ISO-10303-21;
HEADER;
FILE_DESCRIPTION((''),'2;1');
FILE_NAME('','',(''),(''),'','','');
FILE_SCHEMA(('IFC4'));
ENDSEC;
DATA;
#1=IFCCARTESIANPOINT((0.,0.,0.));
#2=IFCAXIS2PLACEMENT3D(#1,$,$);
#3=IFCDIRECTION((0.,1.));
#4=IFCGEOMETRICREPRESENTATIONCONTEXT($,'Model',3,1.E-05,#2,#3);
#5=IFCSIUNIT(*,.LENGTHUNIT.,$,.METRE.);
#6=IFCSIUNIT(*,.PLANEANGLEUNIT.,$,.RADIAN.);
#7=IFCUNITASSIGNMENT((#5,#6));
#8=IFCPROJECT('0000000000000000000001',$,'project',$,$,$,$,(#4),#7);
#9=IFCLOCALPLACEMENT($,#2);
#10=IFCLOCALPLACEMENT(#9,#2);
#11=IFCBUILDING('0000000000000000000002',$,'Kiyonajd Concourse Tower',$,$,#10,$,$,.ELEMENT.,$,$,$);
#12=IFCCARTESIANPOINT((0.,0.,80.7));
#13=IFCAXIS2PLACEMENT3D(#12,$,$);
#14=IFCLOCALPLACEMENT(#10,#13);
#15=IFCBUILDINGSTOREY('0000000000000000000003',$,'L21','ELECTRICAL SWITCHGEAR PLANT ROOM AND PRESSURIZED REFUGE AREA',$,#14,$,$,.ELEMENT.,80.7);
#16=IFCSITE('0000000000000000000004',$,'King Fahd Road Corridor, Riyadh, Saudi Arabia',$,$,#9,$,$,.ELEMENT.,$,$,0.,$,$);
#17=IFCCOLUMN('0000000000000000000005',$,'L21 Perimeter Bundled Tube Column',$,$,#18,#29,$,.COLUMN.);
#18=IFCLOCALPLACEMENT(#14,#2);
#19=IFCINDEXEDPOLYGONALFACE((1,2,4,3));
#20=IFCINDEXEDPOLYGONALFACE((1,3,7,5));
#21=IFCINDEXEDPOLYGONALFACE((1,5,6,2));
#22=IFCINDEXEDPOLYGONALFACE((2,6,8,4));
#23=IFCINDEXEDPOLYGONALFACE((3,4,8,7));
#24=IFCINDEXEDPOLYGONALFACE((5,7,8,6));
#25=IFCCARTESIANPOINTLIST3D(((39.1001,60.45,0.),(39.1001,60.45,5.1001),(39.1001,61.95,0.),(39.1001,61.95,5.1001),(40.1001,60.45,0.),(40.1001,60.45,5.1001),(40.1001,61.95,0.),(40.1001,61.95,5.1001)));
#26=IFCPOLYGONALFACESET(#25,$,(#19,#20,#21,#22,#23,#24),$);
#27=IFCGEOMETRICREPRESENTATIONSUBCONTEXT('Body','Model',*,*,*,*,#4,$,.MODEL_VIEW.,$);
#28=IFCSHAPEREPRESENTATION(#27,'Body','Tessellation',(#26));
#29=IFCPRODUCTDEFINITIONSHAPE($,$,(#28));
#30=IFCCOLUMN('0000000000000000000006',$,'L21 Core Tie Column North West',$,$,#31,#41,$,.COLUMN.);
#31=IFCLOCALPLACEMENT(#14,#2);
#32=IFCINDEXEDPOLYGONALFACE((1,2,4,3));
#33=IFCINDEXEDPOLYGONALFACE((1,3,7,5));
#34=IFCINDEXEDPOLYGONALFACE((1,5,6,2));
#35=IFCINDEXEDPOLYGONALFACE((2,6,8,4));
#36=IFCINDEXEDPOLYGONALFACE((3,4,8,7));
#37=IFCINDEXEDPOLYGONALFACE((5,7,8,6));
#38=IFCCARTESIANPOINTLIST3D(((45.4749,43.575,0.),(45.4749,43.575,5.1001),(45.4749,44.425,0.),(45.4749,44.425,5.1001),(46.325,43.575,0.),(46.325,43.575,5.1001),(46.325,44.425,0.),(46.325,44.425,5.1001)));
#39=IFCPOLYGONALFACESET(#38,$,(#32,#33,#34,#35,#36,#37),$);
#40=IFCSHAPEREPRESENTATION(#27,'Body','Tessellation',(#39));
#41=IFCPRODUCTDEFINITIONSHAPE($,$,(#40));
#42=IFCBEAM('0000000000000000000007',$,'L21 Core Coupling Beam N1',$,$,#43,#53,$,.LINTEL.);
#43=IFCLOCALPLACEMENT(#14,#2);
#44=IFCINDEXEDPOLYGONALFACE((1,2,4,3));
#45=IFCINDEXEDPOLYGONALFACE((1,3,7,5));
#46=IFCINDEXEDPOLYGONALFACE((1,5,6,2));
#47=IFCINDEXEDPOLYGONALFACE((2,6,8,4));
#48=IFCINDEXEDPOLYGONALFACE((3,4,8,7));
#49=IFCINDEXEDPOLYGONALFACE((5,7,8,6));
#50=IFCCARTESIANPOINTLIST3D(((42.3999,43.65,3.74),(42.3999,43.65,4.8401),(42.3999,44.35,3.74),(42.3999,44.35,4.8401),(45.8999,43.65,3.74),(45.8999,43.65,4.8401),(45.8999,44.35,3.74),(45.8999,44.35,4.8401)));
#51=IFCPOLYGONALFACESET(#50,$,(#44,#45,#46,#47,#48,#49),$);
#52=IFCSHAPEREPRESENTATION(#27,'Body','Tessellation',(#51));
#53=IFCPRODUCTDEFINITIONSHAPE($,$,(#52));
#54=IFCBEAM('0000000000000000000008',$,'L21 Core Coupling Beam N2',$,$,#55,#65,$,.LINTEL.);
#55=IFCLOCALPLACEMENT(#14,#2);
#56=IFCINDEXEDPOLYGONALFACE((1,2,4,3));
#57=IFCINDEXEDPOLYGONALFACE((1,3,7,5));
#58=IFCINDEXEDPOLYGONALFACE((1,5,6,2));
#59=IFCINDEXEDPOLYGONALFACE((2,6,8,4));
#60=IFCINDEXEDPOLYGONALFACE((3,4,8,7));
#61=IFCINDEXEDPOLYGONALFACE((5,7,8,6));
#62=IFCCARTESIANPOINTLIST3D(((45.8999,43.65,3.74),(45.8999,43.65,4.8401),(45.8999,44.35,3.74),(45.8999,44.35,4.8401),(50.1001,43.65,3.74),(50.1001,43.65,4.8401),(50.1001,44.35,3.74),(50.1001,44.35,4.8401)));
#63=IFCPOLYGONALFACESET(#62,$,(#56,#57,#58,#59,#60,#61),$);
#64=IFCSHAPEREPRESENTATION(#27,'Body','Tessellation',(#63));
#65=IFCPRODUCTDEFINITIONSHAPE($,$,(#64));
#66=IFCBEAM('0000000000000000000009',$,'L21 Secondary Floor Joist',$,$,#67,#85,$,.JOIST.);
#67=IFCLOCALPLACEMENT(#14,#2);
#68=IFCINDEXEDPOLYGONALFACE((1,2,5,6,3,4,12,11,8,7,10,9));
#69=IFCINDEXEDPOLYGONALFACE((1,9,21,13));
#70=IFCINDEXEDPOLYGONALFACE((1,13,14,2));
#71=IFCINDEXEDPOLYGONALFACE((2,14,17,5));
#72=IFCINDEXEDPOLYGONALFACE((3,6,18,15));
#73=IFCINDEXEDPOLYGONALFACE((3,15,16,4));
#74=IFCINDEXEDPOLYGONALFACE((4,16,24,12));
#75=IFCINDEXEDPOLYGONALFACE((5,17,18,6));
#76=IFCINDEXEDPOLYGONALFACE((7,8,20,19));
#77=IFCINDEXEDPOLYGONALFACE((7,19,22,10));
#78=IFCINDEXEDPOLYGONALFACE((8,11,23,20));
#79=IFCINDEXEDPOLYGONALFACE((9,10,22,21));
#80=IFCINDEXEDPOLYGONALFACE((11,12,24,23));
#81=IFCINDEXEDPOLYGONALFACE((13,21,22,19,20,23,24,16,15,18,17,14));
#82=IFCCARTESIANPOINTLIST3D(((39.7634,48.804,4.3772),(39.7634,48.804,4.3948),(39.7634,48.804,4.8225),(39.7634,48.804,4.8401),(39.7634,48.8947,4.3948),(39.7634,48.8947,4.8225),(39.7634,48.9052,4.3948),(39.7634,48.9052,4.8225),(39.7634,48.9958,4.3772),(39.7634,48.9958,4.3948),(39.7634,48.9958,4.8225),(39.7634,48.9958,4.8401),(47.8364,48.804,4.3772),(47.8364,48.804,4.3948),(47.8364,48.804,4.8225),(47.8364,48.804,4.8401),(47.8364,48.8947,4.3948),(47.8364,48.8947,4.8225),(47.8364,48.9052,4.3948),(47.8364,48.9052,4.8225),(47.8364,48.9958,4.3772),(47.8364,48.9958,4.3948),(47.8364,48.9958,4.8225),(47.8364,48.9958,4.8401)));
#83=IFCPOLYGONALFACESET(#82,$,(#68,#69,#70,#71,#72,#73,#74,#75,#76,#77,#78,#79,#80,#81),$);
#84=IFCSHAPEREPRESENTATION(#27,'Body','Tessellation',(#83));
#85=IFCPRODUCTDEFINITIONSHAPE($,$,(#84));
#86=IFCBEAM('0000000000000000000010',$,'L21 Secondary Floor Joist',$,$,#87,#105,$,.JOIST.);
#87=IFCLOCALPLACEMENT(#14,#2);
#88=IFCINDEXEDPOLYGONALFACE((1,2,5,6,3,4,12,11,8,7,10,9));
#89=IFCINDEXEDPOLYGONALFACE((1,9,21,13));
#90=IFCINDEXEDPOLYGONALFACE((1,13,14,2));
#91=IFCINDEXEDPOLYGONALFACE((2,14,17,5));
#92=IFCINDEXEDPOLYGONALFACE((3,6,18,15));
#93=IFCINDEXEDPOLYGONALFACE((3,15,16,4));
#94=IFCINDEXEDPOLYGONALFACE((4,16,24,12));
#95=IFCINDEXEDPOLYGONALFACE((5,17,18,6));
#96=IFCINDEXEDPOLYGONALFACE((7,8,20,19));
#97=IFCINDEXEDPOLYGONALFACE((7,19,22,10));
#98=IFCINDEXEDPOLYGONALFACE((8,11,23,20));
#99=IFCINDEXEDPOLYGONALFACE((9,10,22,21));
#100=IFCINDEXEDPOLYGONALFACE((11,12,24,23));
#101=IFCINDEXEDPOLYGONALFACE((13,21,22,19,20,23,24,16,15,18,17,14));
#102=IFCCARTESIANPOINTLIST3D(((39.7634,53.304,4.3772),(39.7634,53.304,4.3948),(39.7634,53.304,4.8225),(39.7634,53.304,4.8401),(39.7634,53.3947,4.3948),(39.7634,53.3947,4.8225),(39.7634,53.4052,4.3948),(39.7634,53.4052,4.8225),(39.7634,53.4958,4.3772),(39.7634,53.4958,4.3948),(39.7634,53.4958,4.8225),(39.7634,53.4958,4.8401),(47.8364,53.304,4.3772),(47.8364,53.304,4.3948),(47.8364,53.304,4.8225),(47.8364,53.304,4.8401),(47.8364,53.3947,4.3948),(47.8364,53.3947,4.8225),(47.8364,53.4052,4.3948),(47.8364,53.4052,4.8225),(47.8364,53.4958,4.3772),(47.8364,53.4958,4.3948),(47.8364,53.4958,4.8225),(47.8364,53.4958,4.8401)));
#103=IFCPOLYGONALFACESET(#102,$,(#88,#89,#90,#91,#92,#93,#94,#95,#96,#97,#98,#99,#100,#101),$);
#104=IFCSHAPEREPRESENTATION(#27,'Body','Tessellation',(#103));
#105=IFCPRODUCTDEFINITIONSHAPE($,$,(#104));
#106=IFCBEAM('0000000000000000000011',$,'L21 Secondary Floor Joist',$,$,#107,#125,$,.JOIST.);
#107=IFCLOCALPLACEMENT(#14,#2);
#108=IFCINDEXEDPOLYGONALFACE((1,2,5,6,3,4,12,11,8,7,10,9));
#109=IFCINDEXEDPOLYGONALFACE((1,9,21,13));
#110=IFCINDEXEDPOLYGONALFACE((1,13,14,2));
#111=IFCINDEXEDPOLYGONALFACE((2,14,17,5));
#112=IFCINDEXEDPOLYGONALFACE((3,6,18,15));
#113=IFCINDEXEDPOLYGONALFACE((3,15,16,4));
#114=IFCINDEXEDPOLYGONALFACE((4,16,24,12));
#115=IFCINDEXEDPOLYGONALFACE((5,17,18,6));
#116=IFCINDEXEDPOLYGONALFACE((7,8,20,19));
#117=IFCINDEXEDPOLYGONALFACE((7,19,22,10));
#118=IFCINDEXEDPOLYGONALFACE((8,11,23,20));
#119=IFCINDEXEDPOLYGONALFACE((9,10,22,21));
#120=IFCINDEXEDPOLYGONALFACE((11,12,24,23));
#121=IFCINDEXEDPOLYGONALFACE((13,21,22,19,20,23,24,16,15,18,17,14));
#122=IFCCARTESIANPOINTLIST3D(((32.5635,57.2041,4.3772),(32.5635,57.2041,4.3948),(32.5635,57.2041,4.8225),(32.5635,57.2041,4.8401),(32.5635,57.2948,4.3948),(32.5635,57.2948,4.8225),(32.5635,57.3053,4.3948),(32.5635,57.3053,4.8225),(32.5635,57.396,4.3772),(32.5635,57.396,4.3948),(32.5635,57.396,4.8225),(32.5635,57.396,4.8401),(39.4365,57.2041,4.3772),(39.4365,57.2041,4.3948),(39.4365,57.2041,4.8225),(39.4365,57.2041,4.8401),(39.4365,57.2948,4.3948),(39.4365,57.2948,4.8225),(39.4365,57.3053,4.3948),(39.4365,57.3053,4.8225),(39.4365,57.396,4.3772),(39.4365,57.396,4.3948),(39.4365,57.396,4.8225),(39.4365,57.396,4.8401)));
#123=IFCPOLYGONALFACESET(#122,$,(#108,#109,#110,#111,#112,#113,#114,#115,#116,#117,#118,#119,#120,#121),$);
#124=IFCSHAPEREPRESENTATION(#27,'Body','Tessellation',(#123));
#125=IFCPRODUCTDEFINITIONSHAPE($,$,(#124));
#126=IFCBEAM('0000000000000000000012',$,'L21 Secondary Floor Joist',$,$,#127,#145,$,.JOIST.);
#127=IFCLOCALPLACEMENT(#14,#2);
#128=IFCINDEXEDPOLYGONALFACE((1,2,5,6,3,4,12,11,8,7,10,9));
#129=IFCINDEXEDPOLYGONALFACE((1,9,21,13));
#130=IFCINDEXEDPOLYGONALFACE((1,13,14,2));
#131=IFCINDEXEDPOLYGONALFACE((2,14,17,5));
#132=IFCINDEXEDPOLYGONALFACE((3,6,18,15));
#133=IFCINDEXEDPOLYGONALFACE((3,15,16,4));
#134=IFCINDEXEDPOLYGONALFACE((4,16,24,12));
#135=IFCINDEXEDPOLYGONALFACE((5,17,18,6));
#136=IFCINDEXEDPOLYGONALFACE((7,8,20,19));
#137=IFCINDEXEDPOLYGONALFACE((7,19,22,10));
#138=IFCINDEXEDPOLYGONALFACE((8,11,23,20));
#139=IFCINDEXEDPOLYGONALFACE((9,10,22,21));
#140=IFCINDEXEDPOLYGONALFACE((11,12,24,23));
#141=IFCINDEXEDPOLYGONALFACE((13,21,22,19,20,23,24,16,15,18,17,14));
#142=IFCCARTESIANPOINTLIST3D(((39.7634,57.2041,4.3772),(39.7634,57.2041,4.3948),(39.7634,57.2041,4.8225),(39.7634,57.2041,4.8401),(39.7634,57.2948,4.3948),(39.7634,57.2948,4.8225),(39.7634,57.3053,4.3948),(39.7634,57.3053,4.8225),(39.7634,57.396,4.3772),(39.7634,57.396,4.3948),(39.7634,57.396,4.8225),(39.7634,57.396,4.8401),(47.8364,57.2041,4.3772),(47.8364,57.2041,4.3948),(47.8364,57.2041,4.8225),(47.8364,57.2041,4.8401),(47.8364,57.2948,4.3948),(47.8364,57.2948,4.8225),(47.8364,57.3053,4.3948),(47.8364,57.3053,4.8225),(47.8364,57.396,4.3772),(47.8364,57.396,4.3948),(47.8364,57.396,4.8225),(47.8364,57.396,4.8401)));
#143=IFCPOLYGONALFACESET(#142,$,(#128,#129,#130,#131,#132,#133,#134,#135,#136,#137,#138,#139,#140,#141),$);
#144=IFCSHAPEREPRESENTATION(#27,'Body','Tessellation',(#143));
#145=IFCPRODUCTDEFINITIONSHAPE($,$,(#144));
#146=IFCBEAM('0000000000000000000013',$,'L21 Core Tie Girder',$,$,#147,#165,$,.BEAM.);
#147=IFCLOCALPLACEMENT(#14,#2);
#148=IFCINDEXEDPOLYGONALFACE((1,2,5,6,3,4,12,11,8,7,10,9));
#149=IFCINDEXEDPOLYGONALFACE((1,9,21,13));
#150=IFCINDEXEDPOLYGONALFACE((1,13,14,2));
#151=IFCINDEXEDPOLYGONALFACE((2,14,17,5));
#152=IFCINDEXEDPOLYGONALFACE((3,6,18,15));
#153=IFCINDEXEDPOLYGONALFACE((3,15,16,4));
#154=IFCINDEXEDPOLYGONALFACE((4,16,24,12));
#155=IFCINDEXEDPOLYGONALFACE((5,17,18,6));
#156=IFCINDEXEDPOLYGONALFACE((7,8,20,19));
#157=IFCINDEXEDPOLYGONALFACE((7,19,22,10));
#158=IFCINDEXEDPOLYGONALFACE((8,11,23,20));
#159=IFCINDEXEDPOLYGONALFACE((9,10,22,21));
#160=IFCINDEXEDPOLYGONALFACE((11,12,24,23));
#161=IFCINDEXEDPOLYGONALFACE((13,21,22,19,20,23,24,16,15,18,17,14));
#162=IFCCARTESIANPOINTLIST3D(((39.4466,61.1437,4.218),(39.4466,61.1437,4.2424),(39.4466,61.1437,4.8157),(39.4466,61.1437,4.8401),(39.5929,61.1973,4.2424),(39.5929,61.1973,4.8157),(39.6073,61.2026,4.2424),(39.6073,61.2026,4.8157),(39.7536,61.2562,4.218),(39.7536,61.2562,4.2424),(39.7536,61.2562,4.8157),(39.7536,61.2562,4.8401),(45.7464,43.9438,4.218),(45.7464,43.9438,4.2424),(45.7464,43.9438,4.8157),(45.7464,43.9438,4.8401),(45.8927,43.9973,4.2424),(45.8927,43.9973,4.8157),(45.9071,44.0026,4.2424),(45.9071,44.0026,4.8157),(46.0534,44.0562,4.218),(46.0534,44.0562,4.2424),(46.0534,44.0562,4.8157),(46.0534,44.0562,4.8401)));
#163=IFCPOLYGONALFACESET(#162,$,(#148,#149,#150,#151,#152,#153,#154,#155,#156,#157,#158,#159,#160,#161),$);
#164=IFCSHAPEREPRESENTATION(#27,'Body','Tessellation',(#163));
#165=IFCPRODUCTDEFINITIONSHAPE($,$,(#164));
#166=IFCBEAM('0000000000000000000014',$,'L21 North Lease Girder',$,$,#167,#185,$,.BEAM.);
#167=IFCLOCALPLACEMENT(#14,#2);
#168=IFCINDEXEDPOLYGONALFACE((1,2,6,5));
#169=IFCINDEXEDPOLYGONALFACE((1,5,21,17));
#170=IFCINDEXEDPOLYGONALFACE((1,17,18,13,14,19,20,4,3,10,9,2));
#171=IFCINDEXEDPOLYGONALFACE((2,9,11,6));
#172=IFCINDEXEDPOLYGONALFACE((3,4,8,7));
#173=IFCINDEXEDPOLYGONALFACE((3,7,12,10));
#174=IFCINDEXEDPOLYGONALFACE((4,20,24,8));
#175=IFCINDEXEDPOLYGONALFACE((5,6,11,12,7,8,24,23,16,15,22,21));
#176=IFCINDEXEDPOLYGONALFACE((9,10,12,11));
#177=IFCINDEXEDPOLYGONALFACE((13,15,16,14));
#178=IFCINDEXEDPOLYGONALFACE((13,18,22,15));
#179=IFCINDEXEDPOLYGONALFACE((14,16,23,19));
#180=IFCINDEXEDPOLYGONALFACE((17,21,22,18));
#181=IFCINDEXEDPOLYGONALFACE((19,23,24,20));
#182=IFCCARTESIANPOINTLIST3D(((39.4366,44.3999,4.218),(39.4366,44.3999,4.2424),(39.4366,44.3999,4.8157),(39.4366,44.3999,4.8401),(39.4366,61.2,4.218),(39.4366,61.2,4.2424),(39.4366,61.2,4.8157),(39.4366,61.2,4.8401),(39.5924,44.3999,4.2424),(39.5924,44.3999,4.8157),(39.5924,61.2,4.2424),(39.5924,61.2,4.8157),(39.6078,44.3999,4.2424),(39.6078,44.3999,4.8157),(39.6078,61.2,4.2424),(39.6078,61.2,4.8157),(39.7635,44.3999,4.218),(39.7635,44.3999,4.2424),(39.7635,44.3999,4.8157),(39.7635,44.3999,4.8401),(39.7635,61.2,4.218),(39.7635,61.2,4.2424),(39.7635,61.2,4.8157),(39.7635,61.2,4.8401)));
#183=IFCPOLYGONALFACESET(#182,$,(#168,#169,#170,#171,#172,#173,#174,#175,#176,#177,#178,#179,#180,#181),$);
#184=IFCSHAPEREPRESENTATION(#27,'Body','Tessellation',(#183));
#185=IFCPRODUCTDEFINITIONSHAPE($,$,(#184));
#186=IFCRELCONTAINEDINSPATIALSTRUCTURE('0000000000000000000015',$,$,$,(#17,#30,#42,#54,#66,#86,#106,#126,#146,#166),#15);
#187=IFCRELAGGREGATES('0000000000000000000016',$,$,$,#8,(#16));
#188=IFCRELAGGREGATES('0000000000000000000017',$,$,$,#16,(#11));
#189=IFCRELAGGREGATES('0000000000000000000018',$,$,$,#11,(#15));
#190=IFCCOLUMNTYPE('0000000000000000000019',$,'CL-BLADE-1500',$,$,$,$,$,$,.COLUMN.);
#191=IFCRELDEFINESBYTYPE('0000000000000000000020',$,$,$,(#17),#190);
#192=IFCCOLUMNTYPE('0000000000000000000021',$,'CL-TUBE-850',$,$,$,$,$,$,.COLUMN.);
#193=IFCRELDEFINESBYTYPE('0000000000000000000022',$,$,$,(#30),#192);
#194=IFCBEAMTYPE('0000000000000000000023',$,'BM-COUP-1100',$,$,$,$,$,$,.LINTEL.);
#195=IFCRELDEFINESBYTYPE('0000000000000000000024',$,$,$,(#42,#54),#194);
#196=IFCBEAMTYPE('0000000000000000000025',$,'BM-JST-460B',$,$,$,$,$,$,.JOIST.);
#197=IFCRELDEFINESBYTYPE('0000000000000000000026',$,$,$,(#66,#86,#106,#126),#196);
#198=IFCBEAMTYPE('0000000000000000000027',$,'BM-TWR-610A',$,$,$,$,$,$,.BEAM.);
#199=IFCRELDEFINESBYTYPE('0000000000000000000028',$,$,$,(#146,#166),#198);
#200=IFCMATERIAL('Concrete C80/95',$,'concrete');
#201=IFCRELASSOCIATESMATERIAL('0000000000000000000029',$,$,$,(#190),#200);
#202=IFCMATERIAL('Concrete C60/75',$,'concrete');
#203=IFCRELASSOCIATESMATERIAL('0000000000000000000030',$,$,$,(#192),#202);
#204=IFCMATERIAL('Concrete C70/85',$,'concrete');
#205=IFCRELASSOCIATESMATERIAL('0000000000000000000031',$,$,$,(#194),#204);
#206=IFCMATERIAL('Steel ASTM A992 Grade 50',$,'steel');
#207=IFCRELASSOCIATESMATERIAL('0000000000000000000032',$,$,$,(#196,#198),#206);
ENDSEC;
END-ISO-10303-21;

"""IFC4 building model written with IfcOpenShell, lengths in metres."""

from ifc_helpers import new_model, si_unit, direction, frame, origin, origin_2d, place, context, subcontext, project, spatial, rectangle, i_section, extrude, material, material_profile, profile_set, type_object, element, save


model = new_model("IFC4")

# Units and contexts
model_context = context("Model", 3, precision=1e-05, world=origin(), true_north=direction((0.0, 1.0)))
body_context = subcontext(model_context, "Body", "Model", "MODEL_VIEW")
ifc_project = project(units=[si_unit("LENGTHUNIT", "METRE"), si_unit("PLANEANGLEUNIT", "RADIAN")], contexts=[model_context])

# Site, building, storey
site_placement = place(None, origin())
site = spatial("IfcSite", under=ifc_project, at=site_placement, Name="King Fahd Road Corridor, Riyadh, Saudi Arabia", CompositionType="ELEMENT", RefElevation=0.0)
building_placement = place(site_placement, origin())
building = spatial("IfcBuilding", under=site, at=building_placement, Name="Kiyonajd Concourse Tower", CompositionType="ELEMENT")
storey_placement = place(building_placement, frame((0.0, 0.0, 80.7)))
storey = spatial("IfcBuildingStorey", under=building, at=storey_placement, Name="L21", Description="ELECTRICAL SWITCHGEAR PLANT ROOM AND PRESSURIZED REFUGE AREA", CompositionType="ELEMENT", Elevation=80.7)

# Columns
ifc_material_1 = material(Name="Concrete C80/95", Category="concrete")
ifc_material_profile_1 = material_profile(ifc_material_1, rectangle(XDim=1.0, YDim=1.5, at=origin_2d()), Name="RC-1500x1000")
ifc_profile_set_1 = profile_set([ifc_material_profile_1], Name="Concrete C80/95")
column_type_1 = type_object("IfcColumnType", Name="CL-BLADE-1500", PredefinedType="COLUMN", material=ifc_profile_set_1)
column_1_placement = place(storey_placement, frame((39.6001, 61.2, 0.0), z_axis=(0.0, 0.0, 1.0), x_axis=(1.0, 0.0, 0.0)))
element("IfcColumn", 1, at=column_1_placement, inside=storey, type_object=column_type_1, Name="L21 Perimeter Bundled Tube Column", PredefinedType="COLUMN", context=body_context, shape_type="SweptSolid", body=[
    extrude(rectangle(XDim=1.0, YDim=1.5, at=origin_2d()), origin(), (0.0, 0.0, 1.0), 5.1001),
])
ifc_material_2 = material(Name="Concrete C60/75", Category="concrete")
ifc_material_profile_2 = material_profile(ifc_material_2, rectangle(XDim=0.8501, YDim=0.8501, at=origin_2d()), Name="RC-850x850")
ifc_profile_set_2 = profile_set([ifc_material_profile_2], Name="Concrete C60/75")
column_type_2 = type_object("IfcColumnType", Name="CL-TUBE-850", PredefinedType="COLUMN", material=ifc_profile_set_2)
column_2_placement = place(storey_placement, frame((45.8999, 44.0, 0.0), z_axis=(0.0, 0.0, 1.0), x_axis=(1.0, 0.0, 0.0)))
element("IfcColumn", 2, at=column_2_placement, inside=storey, type_object=column_type_2, Name="L21 Core Tie Column North West", PredefinedType="COLUMN", context=body_context, shape_type="SweptSolid", body=[
    extrude(rectangle(XDim=0.8501, YDim=0.8501, at=origin_2d()), origin(), (0.0, 0.0, 1.0), 5.1001),
])

# Beams
ifc_material_3 = material(Name="Concrete C70/85", Category="concrete")
ifc_material_profile_3 = material_profile(ifc_material_3, rectangle(XDim=0.7, YDim=1.1001, at=origin_2d()), Name="RCBM-700x1100")
ifc_profile_set_3 = profile_set([ifc_material_profile_3], Name="Concrete C70/85")
beam_type_1 = type_object("IfcBeamType", Name="BM-COUP-1100", PredefinedType="LINTEL", material=ifc_profile_set_3)
beam_1_placement = place(storey_placement, frame((42.3999, 44.0, 4.29), z_axis=(1.0, 0.0, 0.0), x_axis=(0.0, 1.0, 0.0)))
element("IfcBeam", 3, at=beam_1_placement, inside=storey, type_object=beam_type_1, Name="L21 Core Coupling Beam N1", PredefinedType="LINTEL", context=body_context, shape_type="SweptSolid", body=[
    extrude(rectangle(XDim=0.7, YDim=1.1001, at=origin_2d()), origin(), (0.0, 0.0, 1.0), 3.5),
])
beam_2_placement = place(storey_placement, frame((45.8999, 44.0, 4.29), z_axis=(1.0, 0.0, 0.0), x_axis=(0.0, 1.0, 0.0)))
element("IfcBeam", 4, at=beam_2_placement, inside=storey, type_object=beam_type_1, Name="L21 Core Coupling Beam N2", PredefinedType="LINTEL", context=body_context, shape_type="SweptSolid", body=[
    extrude(rectangle(XDim=0.7, YDim=1.1001, at=origin_2d()), origin(), (0.0, 0.0, 1.0), 4.2002),
])
ifc_material_4 = material(Name="Steel ASTM A992 Grade 50", Category="steel")
ifc_material_profile_4 = material_profile(ifc_material_4, i_section(OverallWidth=0.1919, OverallDepth=0.4629, WebThickness=0.0105, FlangeThickness=0.0176, at=origin_2d()), Name="W460X89")
ifc_profile_set_4 = profile_set([ifc_material_profile_4], Name="Steel ASTM A992 Grade 50")
beam_type_2 = type_object("IfcBeamType", Name="BM-JST-460B", PredefinedType="JOIST", material=ifc_profile_set_4)
for number, where, z_axis, x_axis, name in (
    (5, (39.7634, 48.8999, 4.6086), (1.0, 0.0, 0.0), (0.0, 1.0, 0.0), "L21 Secondary Floor Joist"),
    (6, (39.7634, 53.3999, 4.6086), (1.0, 0.0, 0.0), (0.0, 1.0, 0.0), "L21 Secondary Floor Joist"),
):
    element("IfcBeam", number, at=place(storey_placement, frame(where, z_axis=z_axis, x_axis=x_axis)), inside=storey, type_object=beam_type_2, Name=name, PredefinedType="JOIST", context=body_context, shape_type="SweptSolid", body=[
        extrude(i_section(OverallWidth=0.1919, OverallDepth=0.4629, WebThickness=0.0105, FlangeThickness=0.0176, at=origin_2d()), origin(), (0.0, 0.0, 1.0), 8.073),
    ])
beam_3_placement = place(storey_placement, frame((32.5635, 57.3, 4.6086), z_axis=(1.0, 0.0, 0.0), x_axis=(0.0, 1.0, 0.0)))
element("IfcBeam", 7, at=beam_3_placement, inside=storey, type_object=beam_type_2, Name="L21 Secondary Floor Joist", PredefinedType="JOIST", context=body_context, shape_type="SweptSolid", body=[
    extrude(i_section(OverallWidth=0.1919, OverallDepth=0.4629, WebThickness=0.0105, FlangeThickness=0.0176, at=origin_2d()), origin(), (0.0, 0.0, 1.0), 6.873),
])
beam_4_placement = place(storey_placement, frame((39.7634, 57.3, 4.6086), z_axis=(1.0, 0.0, 0.0), x_axis=(0.0, 1.0, 0.0)))
element("IfcBeam", 8, at=beam_4_placement, inside=storey, type_object=beam_type_2, Name="L21 Secondary Floor Joist", PredefinedType="JOIST", context=body_context, shape_type="SweptSolid", body=[
    extrude(i_section(OverallWidth=0.1919, OverallDepth=0.4629, WebThickness=0.0105, FlangeThickness=0.0176, at=origin_2d()), origin(), (0.0, 0.0, 1.0), 8.073),
])
ifc_material_profile_5 = material_profile(ifc_material_4, i_section(OverallWidth=0.3269, OverallDepth=0.6221, WebThickness=0.0154, FlangeThickness=0.0244, at=origin_2d()), Name="W610X195")
ifc_profile_set_5 = profile_set([ifc_material_profile_5], Name="Steel ASTM A992 Grade 50")
beam_type_3 = type_object("IfcBeamType", Name="BM-TWR-610A", PredefinedType="BEAM", material=ifc_profile_set_5)
beam_5_placement = place(storey_placement, frame((39.6001, 61.2, 4.5291), z_axis=(0.343925, -0.938997, 0.0), x_axis=(0.938997, 0.343925, 0.0)))
element("IfcBeam", 9, at=beam_5_placement, inside=storey, type_object=beam_type_3, Name="L21 Core Tie Girder", PredefinedType="BEAM", context=body_context, shape_type="SweptSolid", body=[
    extrude(i_section(OverallWidth=0.3269, OverallDepth=0.6221, WebThickness=0.0154, FlangeThickness=0.0244, at=origin_2d()), origin(), (0.0, 0.0, 1.0), 18.3174),
])
beam_6_placement = place(storey_placement, frame((39.6001, 44.3999, 4.5291), z_axis=(0.0, 1.0, 0.0), x_axis=(-1.0, 0.0, 0.0)))
element("IfcBeam", 10, at=beam_6_placement, inside=storey, type_object=beam_type_3, Name="L21 North Lease Girder", PredefinedType="BEAM", context=body_context, shape_type="SweptSolid", body=[
    extrude(i_section(OverallWidth=0.3269, OverallDepth=0.6221, WebThickness=0.0154, FlangeThickness=0.0244, at=origin_2d()), origin(), (0.0, 0.0, 1.0), 16.8),
])

save(model, "model.ifc")
